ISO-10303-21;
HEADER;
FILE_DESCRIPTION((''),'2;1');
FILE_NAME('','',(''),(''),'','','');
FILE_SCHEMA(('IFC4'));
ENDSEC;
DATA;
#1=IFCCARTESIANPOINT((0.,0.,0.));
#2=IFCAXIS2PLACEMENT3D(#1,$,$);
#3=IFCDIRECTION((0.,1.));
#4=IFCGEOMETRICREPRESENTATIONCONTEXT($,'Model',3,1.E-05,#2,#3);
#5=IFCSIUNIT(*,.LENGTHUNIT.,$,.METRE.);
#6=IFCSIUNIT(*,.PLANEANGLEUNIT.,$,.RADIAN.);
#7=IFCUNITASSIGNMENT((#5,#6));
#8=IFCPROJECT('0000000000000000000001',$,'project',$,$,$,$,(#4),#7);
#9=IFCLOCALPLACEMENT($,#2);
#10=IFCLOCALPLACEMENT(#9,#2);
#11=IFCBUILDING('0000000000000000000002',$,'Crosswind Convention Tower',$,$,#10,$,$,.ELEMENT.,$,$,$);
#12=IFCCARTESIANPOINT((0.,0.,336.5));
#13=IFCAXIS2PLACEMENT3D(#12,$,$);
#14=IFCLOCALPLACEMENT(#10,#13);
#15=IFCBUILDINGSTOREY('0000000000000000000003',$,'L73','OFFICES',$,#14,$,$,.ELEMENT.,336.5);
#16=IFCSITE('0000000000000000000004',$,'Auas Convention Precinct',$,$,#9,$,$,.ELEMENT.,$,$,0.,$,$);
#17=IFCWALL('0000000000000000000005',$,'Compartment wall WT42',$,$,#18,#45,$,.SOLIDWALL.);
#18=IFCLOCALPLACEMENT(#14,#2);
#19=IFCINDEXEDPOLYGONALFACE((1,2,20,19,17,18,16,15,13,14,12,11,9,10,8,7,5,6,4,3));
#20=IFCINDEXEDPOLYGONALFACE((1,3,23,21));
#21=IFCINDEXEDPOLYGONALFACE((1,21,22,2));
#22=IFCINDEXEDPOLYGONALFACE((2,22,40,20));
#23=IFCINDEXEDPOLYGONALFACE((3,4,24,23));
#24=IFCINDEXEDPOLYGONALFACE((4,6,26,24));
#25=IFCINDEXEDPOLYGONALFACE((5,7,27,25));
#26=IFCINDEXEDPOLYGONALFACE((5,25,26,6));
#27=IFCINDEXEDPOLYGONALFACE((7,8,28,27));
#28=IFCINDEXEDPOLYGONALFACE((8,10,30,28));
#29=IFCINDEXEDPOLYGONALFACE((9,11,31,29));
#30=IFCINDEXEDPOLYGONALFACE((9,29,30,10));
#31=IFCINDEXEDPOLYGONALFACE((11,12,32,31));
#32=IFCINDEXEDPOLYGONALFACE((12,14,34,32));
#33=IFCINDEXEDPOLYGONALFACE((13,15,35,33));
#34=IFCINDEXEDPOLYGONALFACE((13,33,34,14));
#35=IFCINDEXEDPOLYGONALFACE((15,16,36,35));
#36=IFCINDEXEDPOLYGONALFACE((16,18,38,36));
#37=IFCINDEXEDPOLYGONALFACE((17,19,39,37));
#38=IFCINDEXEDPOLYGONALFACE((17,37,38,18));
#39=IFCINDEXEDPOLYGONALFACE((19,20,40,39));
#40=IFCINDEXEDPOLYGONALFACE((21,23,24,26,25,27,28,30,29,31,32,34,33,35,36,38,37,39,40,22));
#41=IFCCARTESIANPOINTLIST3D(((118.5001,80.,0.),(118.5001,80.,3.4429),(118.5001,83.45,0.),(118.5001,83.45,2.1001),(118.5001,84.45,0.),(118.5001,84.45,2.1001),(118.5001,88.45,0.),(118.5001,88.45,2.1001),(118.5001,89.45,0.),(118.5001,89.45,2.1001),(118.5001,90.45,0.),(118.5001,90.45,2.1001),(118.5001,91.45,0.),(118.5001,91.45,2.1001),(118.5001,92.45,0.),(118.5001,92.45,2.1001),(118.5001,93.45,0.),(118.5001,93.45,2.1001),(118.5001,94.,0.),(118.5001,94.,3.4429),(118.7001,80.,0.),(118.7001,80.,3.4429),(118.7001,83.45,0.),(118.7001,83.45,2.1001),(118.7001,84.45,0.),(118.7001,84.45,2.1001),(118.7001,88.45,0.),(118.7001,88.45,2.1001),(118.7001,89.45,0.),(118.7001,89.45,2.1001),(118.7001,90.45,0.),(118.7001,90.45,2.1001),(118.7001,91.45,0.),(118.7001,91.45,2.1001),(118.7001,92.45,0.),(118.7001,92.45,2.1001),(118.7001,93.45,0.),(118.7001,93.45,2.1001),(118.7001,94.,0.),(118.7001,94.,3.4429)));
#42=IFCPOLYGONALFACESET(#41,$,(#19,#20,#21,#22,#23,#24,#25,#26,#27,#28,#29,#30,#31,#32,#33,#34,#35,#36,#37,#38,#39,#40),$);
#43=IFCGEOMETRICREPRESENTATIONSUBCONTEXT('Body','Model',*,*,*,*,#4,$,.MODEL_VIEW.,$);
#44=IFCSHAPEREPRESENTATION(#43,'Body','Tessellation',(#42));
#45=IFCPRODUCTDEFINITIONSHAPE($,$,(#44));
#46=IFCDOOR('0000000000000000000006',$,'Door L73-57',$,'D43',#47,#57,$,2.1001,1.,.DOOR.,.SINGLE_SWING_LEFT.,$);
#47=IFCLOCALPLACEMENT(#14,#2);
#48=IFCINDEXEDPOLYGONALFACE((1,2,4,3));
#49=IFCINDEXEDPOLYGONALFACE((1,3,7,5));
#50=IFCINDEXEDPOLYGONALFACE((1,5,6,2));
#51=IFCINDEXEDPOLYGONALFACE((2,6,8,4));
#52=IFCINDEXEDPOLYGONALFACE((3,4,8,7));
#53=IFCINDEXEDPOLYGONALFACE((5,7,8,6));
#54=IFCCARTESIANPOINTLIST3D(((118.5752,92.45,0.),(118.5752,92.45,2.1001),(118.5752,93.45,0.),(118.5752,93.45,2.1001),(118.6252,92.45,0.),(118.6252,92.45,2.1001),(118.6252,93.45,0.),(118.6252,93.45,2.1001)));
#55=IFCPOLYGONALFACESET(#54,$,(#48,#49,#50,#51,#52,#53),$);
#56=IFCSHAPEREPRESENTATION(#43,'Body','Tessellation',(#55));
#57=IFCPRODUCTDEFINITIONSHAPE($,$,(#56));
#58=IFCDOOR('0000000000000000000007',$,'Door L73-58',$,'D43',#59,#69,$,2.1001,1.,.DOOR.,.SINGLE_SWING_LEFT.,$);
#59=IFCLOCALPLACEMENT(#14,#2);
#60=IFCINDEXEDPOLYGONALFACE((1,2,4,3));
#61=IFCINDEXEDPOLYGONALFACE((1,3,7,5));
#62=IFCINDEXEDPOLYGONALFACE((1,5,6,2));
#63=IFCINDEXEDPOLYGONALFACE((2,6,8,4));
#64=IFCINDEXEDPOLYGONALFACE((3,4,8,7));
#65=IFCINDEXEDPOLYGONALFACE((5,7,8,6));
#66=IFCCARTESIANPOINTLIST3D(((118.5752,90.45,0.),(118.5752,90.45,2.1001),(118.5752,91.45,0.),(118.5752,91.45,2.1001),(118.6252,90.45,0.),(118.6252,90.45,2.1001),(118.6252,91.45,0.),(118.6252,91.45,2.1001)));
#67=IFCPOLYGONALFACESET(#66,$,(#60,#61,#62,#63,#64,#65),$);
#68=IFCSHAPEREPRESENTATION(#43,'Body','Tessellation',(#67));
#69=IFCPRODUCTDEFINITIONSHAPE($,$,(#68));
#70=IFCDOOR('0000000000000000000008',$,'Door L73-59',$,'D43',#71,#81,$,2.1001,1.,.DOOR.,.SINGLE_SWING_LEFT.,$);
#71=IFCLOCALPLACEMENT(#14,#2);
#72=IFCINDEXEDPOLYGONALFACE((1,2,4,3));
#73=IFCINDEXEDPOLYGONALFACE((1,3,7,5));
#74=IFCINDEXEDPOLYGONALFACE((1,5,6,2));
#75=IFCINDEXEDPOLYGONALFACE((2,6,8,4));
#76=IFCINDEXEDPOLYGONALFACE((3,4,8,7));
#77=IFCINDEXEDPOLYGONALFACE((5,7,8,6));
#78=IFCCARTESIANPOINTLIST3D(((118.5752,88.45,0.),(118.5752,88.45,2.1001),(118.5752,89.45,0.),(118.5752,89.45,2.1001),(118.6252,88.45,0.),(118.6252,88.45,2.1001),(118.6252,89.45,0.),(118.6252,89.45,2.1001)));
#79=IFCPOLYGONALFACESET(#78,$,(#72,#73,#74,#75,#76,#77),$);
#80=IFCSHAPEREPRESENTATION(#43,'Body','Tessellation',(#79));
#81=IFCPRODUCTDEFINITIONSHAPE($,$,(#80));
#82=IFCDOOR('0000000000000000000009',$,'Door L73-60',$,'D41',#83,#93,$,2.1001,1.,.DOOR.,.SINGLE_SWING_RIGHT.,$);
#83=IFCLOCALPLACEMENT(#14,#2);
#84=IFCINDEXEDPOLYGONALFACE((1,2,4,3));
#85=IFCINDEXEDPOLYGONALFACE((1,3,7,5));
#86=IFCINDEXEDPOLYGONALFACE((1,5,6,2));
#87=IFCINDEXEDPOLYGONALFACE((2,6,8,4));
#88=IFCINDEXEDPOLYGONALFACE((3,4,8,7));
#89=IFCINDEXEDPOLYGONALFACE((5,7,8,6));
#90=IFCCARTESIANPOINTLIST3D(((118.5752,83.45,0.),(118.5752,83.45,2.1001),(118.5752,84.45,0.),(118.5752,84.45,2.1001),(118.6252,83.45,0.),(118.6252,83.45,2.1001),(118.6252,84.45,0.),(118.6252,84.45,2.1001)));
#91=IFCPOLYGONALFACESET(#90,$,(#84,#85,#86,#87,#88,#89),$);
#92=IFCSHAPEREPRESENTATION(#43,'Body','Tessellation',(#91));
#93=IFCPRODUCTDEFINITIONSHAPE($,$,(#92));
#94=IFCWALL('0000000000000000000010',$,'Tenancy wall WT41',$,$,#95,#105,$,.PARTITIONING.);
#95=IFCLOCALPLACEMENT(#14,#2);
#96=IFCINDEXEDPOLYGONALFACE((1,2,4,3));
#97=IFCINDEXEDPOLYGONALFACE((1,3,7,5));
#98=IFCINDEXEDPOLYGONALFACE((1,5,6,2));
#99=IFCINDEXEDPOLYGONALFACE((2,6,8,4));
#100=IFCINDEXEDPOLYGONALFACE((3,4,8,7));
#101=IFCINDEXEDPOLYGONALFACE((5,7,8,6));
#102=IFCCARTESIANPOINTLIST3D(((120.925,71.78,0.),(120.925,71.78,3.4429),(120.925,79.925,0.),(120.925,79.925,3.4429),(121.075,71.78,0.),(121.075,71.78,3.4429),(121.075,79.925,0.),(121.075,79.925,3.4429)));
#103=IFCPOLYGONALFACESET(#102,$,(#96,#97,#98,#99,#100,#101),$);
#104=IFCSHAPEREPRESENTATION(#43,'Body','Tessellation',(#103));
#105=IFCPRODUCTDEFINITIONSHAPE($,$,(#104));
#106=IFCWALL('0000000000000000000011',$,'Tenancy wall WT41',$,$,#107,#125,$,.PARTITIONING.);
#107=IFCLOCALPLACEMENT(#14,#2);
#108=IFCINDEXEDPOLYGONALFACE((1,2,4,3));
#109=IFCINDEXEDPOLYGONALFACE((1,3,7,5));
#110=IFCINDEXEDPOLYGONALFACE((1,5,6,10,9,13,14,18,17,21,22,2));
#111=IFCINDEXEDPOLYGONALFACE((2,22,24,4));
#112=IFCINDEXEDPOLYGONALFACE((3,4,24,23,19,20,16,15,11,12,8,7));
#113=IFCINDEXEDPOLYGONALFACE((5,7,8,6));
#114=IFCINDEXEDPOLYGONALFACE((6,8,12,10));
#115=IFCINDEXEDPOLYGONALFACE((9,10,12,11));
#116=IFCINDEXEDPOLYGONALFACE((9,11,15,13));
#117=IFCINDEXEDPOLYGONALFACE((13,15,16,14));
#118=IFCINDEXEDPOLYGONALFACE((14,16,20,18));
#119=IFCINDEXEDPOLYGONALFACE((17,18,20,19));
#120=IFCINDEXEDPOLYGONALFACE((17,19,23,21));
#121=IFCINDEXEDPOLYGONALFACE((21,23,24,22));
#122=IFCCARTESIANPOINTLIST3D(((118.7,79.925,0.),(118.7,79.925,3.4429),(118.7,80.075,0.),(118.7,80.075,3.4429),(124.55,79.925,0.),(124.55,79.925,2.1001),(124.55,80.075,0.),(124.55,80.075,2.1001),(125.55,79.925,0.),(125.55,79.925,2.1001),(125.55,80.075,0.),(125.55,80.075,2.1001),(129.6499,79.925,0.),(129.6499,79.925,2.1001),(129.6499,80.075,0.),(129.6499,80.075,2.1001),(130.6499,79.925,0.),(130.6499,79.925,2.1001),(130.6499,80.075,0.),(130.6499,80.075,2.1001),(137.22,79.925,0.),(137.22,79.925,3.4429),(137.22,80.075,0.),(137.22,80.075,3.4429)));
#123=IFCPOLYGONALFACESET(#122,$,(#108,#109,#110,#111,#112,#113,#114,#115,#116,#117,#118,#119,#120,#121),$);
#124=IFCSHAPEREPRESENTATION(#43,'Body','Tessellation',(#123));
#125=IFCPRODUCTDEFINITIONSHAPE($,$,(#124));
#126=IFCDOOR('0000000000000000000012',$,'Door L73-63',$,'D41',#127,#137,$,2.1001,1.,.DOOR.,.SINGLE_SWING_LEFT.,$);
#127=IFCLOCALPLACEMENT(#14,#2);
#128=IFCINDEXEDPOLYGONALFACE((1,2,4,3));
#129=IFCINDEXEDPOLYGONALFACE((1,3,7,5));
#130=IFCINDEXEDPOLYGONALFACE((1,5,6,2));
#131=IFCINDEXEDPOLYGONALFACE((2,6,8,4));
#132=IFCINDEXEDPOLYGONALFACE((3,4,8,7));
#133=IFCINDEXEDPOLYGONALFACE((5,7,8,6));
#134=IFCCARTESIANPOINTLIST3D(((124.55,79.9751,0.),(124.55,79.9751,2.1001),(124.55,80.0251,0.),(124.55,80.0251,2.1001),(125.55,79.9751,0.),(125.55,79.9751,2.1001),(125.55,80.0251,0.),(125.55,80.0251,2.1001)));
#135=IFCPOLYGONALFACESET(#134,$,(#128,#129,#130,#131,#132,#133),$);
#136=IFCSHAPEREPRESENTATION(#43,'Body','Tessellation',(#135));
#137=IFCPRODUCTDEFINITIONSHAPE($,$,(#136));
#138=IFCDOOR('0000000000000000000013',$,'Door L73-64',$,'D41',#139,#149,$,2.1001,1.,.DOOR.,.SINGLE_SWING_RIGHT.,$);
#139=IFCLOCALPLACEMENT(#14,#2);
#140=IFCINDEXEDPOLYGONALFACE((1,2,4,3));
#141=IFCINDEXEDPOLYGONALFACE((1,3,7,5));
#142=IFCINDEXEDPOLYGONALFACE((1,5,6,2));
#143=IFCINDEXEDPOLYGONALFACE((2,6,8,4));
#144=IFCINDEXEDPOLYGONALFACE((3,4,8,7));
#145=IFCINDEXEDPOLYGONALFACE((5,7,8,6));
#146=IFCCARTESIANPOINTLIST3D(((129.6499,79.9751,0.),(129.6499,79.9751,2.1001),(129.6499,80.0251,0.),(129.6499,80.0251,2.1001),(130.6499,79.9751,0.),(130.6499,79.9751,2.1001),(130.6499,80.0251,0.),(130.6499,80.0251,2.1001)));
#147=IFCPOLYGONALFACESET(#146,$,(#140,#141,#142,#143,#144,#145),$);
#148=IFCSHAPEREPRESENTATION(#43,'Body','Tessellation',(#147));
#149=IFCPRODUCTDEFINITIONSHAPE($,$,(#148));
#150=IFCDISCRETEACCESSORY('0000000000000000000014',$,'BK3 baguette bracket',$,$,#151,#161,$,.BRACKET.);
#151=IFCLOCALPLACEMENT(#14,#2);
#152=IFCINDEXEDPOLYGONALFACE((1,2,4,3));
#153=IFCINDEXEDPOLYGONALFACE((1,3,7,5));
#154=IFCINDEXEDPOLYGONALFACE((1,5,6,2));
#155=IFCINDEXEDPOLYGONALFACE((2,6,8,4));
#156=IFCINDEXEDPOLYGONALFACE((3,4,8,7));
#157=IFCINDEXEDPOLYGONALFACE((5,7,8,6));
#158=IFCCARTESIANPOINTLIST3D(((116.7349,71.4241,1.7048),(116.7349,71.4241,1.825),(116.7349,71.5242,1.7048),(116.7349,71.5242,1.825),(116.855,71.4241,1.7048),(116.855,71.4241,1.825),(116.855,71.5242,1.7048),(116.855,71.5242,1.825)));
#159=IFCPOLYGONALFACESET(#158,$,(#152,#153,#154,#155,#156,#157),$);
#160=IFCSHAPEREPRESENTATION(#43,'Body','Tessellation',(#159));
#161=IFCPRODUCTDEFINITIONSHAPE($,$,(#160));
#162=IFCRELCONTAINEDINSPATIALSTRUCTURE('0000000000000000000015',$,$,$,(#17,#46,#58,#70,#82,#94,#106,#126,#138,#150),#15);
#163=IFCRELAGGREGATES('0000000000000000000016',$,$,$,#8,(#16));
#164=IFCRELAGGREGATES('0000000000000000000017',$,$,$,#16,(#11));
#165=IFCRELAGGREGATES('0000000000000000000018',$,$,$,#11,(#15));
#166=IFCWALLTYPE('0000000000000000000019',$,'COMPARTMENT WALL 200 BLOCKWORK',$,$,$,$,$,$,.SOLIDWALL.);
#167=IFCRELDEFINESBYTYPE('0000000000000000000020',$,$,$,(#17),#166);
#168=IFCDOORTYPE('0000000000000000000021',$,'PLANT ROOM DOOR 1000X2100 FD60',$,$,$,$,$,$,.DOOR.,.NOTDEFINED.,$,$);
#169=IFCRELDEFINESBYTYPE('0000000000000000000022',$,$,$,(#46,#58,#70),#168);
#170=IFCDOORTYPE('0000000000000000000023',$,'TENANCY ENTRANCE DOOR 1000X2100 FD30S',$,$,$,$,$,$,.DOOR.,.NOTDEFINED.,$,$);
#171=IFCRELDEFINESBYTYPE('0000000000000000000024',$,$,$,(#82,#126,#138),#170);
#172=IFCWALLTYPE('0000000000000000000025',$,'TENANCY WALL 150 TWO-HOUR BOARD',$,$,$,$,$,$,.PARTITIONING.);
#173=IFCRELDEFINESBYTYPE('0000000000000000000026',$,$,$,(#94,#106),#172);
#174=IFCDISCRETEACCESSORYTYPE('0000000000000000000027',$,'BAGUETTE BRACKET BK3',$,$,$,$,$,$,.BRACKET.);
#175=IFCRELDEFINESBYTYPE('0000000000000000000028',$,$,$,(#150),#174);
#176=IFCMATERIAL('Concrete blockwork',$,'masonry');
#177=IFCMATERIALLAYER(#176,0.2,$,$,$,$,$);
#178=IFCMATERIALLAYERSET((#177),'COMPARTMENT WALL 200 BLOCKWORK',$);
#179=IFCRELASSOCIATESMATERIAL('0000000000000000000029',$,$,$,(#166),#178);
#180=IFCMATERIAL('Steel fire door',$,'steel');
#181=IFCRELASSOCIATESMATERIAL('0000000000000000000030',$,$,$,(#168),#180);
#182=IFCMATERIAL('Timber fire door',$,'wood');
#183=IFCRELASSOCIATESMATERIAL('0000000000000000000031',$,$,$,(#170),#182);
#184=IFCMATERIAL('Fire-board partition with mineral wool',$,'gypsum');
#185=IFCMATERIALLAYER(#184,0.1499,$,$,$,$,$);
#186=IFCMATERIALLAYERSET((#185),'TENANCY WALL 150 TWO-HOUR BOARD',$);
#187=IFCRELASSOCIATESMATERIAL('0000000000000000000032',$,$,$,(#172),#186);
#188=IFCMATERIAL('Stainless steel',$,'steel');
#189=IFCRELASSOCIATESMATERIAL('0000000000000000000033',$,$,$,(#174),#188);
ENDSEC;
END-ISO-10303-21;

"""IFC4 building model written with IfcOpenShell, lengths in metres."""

from ifc_helpers import new_model, si_unit, direction, frame, frame_2d, origin, origin_2d, place, context, subcontext, project, spatial, rectangle, extrude, material, layer, layer_set, type_object, element, fill, save


model = new_model("IFC4")

# Units and contexts
model_context = context("Model", 3, precision=1e-05, world=origin(), true_north=direction((0.0, 1.0)))
body_context = subcontext(model_context, "Body", "Model", "MODEL_VIEW")
ifc_project = project(units=[si_unit("LENGTHUNIT", "METRE"), si_unit("PLANEANGLEUNIT", "RADIAN")], contexts=[model_context])

# Site, building, storey
site_placement = place(None, origin())
site = spatial("IfcSite", under=ifc_project, at=site_placement, Name="Auas Convention Precinct", CompositionType="ELEMENT", RefElevation=0.0)
building_placement = place(site_placement, origin())
building = spatial("IfcBuilding", under=site, at=building_placement, Name="Crosswind Convention Tower", CompositionType="ELEMENT")
storey_placement = place(building_placement, frame((0.0, 0.0, 336.5)))
storey = spatial("IfcBuildingStorey", under=building, at=storey_placement, Name="L73", Description="OFFICES", CompositionType="ELEMENT", Elevation=336.5)

# Wall, openings, doors
ifc_material_1 = material(Name="Concrete blockwork", Category="masonry")
ifc_layer_1 = layer(ifc_material_1, 0.2)
ifc_layer_set_1 = layer_set([ifc_layer_1], Name="COMPARTMENT WALL 200 BLOCKWORK")
wall_type_1 = type_object("IfcWallType", Name="COMPARTMENT WALL 200 BLOCKWORK", PredefinedType="SOLIDWALL", material=ifc_layer_set_1)
wall_1_placement = place(storey_placement, frame((118.6001, 80.0, 0.0), z_axis=(0.0, 0.0, 1.0), x_axis=(0.0, 1.0, 0.0)))
wall_1 = element("IfcWall", 1, at=wall_1_placement, inside=storey, type_object=wall_type_1, Name="Compartment wall WT42", PredefinedType="SOLIDWALL", context=body_context, shape_type="SweptSolid", body=[
    extrude(rectangle(XDim=14.0, YDim=0.2, at=frame_2d((7.0, 0.0))), origin(), (0.0, 0.0, 1.0), 3.4429),
])
opening_1_placement = place(wall_1_placement, frame((12.45, 0.0, 0.0)))
opening_1 = element("IfcOpeningElement", 2, at=opening_1_placement, cuts=wall_1, PredefinedType="OPENING", context=body_context, shape_type="SweptSolid", body=[
    extrude(rectangle(XDim=1.0, YDim=2.1001, at=frame_2d((0.5, 1.05))), frame((0.0, 0.1099, 0.0), z_axis=(0.0, -1.0, 0.0), x_axis=(1.0, 0.0, 0.0)), (0.0, 0.0, 1.0), 0.22),
])
opening_2_placement = place(wall_1_placement, frame((10.45, 0.0, 0.0)))
opening_2 = element("IfcOpeningElement", 3, at=opening_2_placement, cuts=wall_1, PredefinedType="OPENING", context=body_context, shape_type="SweptSolid", body=[
    extrude(rectangle(XDim=1.0, YDim=2.1001, at=frame_2d((0.5, 1.05))), frame((0.0, 0.1099, 0.0), z_axis=(0.0, -1.0, 0.0), x_axis=(1.0, 0.0, 0.0)), (0.0, 0.0, 1.0), 0.22),
])
opening_3_placement = place(wall_1_placement, frame((8.45, 0.0, 0.0)))
opening_3 = element("IfcOpeningElement", 4, at=opening_3_placement, cuts=wall_1, PredefinedType="OPENING", context=body_context, shape_type="SweptSolid", body=[
    extrude(rectangle(XDim=1.0, YDim=2.1001, at=frame_2d((0.5, 1.05))), frame((0.0, 0.1099, 0.0), z_axis=(0.0, -1.0, 0.0), x_axis=(1.0, 0.0, 0.0)), (0.0, 0.0, 1.0), 0.22),
])
opening_4_placement = place(wall_1_placement, frame((3.45, 0.0, 0.0)))
opening_4 = element("IfcOpeningElement", 5, at=opening_4_placement, cuts=wall_1, PredefinedType="OPENING", context=body_context, shape_type="SweptSolid", body=[
    extrude(rectangle(XDim=1.0, YDim=2.1001, at=frame_2d((0.5, 1.05))), frame((0.0, 0.1099, 0.0), z_axis=(0.0, -1.0, 0.0), x_axis=(1.0, 0.0, 0.0)), (0.0, 0.0, 1.0), 0.22),
])
ifc_material_2 = material(Name="Steel fire door", Category="steel")
door_type_1 = type_object("IfcDoorType", Name="PLANT ROOM DOOR 1000X2100 FD60", OperationType="NOTDEFINED", PredefinedType="DOOR", material=ifc_material_2)
door_1_placement = place(opening_1_placement, origin())
door_1 = element("IfcDoor", 6, at=door_1_placement, inside=storey, type_object=door_type_1, Name="Door L73-57", ObjectType="D43", OperationType="SINGLE_SWING_LEFT", OverallHeight=2.1001, OverallWidth=1.0, PredefinedType="DOOR", context=body_context, shape_type="SweptSolid", body=[
    extrude(rectangle(XDim=1.0, YDim=2.1001, at=frame_2d((0.5, 1.05))), frame((0.0, 0.0249, 0.0), z_axis=(0.0, -1.0, 0.0), x_axis=(1.0, 0.0, 0.0)), (0.0, 0.0, 1.0), 0.05),
])
fill(opening_1, door_1)
door_2_placement = place(opening_2_placement, origin())
door_2 = element("IfcDoor", 7, at=door_2_placement, inside=storey, type_object=door_type_1, Name="Door L73-58", ObjectType="D43", OperationType="SINGLE_SWING_LEFT", OverallHeight=2.1001, OverallWidth=1.0, PredefinedType="DOOR", context=body_context, shape_type="SweptSolid", body=[
    extrude(rectangle(XDim=1.0, YDim=2.1001, at=frame_2d((0.5, 1.05))), frame((0.0, 0.0249, 0.0), z_axis=(0.0, -1.0, 0.0), x_axis=(1.0, 0.0, 0.0)), (0.0, 0.0, 1.0), 0.05),
])
fill(opening_2, door_2)
door_3_placement = place(opening_3_placement, origin())
door_3 = element("IfcDoor", 8, at=door_3_placement, inside=storey, type_object=door_type_1, Name="Door L73-59", ObjectType="D43", OperationType="SINGLE_SWING_LEFT", OverallHeight=2.1001, OverallWidth=1.0, PredefinedType="DOOR", context=body_context, shape_type="SweptSolid", body=[
    extrude(rectangle(XDim=1.0, YDim=2.1001, at=frame_2d((0.5, 1.05))), frame((0.0, 0.0249, 0.0), z_axis=(0.0, -1.0, 0.0), x_axis=(1.0, 0.0, 0.0)), (0.0, 0.0, 1.0), 0.05),
])
fill(opening_3, door_3)
ifc_material_3 = material(Name="Timber fire door", Category="wood")
door_type_2 = type_object("IfcDoorType", Name="TENANCY ENTRANCE DOOR 1000X2100 FD30S", OperationType="NOTDEFINED", PredefinedType="DOOR", material=ifc_material_3)
door_4_placement = place(opening_4_placement, origin())
door_4 = element("IfcDoor", 9, at=door_4_placement, inside=storey, type_object=door_type_2, Name="Door L73-60", ObjectType="D41", OperationType="SINGLE_SWING_RIGHT", OverallHeight=2.1001, OverallWidth=1.0, PredefinedType="DOOR", context=body_context, shape_type="SweptSolid", body=[
    extrude(rectangle(XDim=1.0, YDim=2.1001, at=frame_2d((0.5, 1.05))), frame((0.0, 0.0249, 0.0), z_axis=(0.0, -1.0, 0.0), x_axis=(1.0, 0.0, 0.0)), (0.0, 0.0, 1.0), 0.05),
])
fill(opening_4, door_4)

# Wall
ifc_material_4 = material(Name="Fire-board partition with mineral wool", Category="gypsum")
ifc_layer_2 = layer(ifc_material_4, 0.1499)
ifc_layer_set_2 = layer_set([ifc_layer_2], Name="TENANCY WALL 150 TWO-HOUR BOARD")
wall_type_2 = type_object("IfcWallType", Name="TENANCY WALL 150 TWO-HOUR BOARD", PredefinedType="PARTITIONING", material=ifc_layer_set_2)
wall_2_placement = place(storey_placement, frame((121.0, 71.78, 0.0), z_axis=(0.0, 0.0, 1.0), x_axis=(0.0, 1.0, 0.0)))
element("IfcWall", 10, at=wall_2_placement, inside=storey, type_object=wall_type_2, Name="Tenancy wall WT41", PredefinedType="PARTITIONING", context=body_context, shape_type="SweptSolid", body=[
    extrude(rectangle(XDim=8.145, YDim=0.1499, at=frame_2d((4.0725, 0.0))), origin(), (0.0, 0.0, 1.0), 3.4429),
])

# Wall, openings, doors
wall_3_placement = place(storey_placement, frame((118.7, 80.0, 0.0), z_axis=(0.0, 0.0, 1.0), x_axis=(1.0, 0.0, 0.0)))
wall_3 = element("IfcWall", 11, at=wall_3_placement, inside=storey, type_object=wall_type_2, Name="Tenancy wall WT41", PredefinedType="PARTITIONING", context=body_context, shape_type="SweptSolid", body=[
    extrude(rectangle(XDim=18.52, YDim=0.1499, at=frame_2d((9.26, 0.0))), origin(), (0.0, 0.0, 1.0), 3.4429),
])
opening_5_placement = place(wall_3_placement, frame((5.8501, 0.0, 0.0)))
opening_5 = element("IfcOpeningElement", 12, at=opening_5_placement, cuts=wall_3, PredefinedType="OPENING", context=body_context, shape_type="SweptSolid", body=[
    extrude(rectangle(XDim=1.0, YDim=2.1001, at=frame_2d((0.5, 1.05))), frame((0.0, 0.085, 0.0), z_axis=(0.0, -1.0, 0.0), x_axis=(1.0, 0.0, 0.0)), (0.0, 0.0, 1.0), 0.1699),
])
opening_6_placement = place(wall_3_placement, frame((10.95, 0.0, 0.0)))
opening_6 = element("IfcOpeningElement", 13, at=opening_6_placement, cuts=wall_3, PredefinedType="OPENING", context=body_context, shape_type="SweptSolid", body=[
    extrude(rectangle(XDim=1.0, YDim=2.1001, at=frame_2d((0.5, 1.05))), frame((0.0, 0.085, 0.0), z_axis=(0.0, -1.0, 0.0), x_axis=(1.0, 0.0, 0.0)), (0.0, 0.0, 1.0), 0.1699),
])
door_5_placement = place(opening_5_placement, frame((1.0, 0.0, 0.0), z_axis=(0.0, 0.0, 1.0), x_axis=(-1.0, 0.0, 0.0)))
door_5 = element("IfcDoor", 14, at=door_5_placement, inside=storey, type_object=door_type_2, Name="Door L73-63", ObjectType="D41", OperationType="SINGLE_SWING_LEFT", OverallHeight=2.1001, OverallWidth=1.0, PredefinedType="DOOR", context=body_context, shape_type="SweptSolid", body=[
    extrude(rectangle(XDim=1.0, YDim=2.1001, at=frame_2d((0.5, 1.05))), frame((0.0, 0.0249, 0.0), z_axis=(0.0, -1.0, 0.0), x_axis=(1.0, 0.0, 0.0)), (0.0, 0.0, 1.0), 0.05),
])
fill(opening_5, door_5)
door_6_placement = place(opening_6_placement, frame((1.0, 0.0, 0.0), z_axis=(0.0, 0.0, 1.0), x_axis=(-1.0, 0.0, 0.0)))
door_6 = element("IfcDoor", 15, at=door_6_placement, inside=storey, type_object=door_type_2, Name="Door L73-64", ObjectType="D41", OperationType="SINGLE_SWING_RIGHT", OverallHeight=2.1001, OverallWidth=1.0, PredefinedType="DOOR", context=body_context, shape_type="SweptSolid", body=[
    extrude(rectangle(XDim=1.0, YDim=2.1001, at=frame_2d((0.5, 1.05))), frame((0.0, 0.0249, 0.0), z_axis=(0.0, -1.0, 0.0), x_axis=(1.0, 0.0, 0.0)), (0.0, 0.0, 1.0), 0.05),
])
fill(opening_6, door_6)

# Discrete accessory
ifc_material_5 = material(Name="Stainless steel", Category="steel")
discrete_accessory_type = type_object("IfcDiscreteAccessoryType", Name="BAGUETTE BRACKET BK3", PredefinedType="BRACKET", material=ifc_material_5)
discrete_accessory_placement = place(storey_placement, frame((116.7949, 71.4741, 1.7048), z_axis=(0.0, 0.0, 1.0), x_axis=(1.0, 0.0, 0.0)))
element("IfcDiscreteAccessory", 16, at=discrete_accessory_placement, inside=storey, type_object=discrete_accessory_type, Name="BK3 baguette bracket", PredefinedType="BRACKET", context=body_context, shape_type="SweptSolid", body=[
    extrude(rectangle(XDim=0.1201, YDim=0.1001, at=origin_2d()), origin(), (0.0, 0.0, 1.0), 0.1201),
])

save(model, "model.ifc")
